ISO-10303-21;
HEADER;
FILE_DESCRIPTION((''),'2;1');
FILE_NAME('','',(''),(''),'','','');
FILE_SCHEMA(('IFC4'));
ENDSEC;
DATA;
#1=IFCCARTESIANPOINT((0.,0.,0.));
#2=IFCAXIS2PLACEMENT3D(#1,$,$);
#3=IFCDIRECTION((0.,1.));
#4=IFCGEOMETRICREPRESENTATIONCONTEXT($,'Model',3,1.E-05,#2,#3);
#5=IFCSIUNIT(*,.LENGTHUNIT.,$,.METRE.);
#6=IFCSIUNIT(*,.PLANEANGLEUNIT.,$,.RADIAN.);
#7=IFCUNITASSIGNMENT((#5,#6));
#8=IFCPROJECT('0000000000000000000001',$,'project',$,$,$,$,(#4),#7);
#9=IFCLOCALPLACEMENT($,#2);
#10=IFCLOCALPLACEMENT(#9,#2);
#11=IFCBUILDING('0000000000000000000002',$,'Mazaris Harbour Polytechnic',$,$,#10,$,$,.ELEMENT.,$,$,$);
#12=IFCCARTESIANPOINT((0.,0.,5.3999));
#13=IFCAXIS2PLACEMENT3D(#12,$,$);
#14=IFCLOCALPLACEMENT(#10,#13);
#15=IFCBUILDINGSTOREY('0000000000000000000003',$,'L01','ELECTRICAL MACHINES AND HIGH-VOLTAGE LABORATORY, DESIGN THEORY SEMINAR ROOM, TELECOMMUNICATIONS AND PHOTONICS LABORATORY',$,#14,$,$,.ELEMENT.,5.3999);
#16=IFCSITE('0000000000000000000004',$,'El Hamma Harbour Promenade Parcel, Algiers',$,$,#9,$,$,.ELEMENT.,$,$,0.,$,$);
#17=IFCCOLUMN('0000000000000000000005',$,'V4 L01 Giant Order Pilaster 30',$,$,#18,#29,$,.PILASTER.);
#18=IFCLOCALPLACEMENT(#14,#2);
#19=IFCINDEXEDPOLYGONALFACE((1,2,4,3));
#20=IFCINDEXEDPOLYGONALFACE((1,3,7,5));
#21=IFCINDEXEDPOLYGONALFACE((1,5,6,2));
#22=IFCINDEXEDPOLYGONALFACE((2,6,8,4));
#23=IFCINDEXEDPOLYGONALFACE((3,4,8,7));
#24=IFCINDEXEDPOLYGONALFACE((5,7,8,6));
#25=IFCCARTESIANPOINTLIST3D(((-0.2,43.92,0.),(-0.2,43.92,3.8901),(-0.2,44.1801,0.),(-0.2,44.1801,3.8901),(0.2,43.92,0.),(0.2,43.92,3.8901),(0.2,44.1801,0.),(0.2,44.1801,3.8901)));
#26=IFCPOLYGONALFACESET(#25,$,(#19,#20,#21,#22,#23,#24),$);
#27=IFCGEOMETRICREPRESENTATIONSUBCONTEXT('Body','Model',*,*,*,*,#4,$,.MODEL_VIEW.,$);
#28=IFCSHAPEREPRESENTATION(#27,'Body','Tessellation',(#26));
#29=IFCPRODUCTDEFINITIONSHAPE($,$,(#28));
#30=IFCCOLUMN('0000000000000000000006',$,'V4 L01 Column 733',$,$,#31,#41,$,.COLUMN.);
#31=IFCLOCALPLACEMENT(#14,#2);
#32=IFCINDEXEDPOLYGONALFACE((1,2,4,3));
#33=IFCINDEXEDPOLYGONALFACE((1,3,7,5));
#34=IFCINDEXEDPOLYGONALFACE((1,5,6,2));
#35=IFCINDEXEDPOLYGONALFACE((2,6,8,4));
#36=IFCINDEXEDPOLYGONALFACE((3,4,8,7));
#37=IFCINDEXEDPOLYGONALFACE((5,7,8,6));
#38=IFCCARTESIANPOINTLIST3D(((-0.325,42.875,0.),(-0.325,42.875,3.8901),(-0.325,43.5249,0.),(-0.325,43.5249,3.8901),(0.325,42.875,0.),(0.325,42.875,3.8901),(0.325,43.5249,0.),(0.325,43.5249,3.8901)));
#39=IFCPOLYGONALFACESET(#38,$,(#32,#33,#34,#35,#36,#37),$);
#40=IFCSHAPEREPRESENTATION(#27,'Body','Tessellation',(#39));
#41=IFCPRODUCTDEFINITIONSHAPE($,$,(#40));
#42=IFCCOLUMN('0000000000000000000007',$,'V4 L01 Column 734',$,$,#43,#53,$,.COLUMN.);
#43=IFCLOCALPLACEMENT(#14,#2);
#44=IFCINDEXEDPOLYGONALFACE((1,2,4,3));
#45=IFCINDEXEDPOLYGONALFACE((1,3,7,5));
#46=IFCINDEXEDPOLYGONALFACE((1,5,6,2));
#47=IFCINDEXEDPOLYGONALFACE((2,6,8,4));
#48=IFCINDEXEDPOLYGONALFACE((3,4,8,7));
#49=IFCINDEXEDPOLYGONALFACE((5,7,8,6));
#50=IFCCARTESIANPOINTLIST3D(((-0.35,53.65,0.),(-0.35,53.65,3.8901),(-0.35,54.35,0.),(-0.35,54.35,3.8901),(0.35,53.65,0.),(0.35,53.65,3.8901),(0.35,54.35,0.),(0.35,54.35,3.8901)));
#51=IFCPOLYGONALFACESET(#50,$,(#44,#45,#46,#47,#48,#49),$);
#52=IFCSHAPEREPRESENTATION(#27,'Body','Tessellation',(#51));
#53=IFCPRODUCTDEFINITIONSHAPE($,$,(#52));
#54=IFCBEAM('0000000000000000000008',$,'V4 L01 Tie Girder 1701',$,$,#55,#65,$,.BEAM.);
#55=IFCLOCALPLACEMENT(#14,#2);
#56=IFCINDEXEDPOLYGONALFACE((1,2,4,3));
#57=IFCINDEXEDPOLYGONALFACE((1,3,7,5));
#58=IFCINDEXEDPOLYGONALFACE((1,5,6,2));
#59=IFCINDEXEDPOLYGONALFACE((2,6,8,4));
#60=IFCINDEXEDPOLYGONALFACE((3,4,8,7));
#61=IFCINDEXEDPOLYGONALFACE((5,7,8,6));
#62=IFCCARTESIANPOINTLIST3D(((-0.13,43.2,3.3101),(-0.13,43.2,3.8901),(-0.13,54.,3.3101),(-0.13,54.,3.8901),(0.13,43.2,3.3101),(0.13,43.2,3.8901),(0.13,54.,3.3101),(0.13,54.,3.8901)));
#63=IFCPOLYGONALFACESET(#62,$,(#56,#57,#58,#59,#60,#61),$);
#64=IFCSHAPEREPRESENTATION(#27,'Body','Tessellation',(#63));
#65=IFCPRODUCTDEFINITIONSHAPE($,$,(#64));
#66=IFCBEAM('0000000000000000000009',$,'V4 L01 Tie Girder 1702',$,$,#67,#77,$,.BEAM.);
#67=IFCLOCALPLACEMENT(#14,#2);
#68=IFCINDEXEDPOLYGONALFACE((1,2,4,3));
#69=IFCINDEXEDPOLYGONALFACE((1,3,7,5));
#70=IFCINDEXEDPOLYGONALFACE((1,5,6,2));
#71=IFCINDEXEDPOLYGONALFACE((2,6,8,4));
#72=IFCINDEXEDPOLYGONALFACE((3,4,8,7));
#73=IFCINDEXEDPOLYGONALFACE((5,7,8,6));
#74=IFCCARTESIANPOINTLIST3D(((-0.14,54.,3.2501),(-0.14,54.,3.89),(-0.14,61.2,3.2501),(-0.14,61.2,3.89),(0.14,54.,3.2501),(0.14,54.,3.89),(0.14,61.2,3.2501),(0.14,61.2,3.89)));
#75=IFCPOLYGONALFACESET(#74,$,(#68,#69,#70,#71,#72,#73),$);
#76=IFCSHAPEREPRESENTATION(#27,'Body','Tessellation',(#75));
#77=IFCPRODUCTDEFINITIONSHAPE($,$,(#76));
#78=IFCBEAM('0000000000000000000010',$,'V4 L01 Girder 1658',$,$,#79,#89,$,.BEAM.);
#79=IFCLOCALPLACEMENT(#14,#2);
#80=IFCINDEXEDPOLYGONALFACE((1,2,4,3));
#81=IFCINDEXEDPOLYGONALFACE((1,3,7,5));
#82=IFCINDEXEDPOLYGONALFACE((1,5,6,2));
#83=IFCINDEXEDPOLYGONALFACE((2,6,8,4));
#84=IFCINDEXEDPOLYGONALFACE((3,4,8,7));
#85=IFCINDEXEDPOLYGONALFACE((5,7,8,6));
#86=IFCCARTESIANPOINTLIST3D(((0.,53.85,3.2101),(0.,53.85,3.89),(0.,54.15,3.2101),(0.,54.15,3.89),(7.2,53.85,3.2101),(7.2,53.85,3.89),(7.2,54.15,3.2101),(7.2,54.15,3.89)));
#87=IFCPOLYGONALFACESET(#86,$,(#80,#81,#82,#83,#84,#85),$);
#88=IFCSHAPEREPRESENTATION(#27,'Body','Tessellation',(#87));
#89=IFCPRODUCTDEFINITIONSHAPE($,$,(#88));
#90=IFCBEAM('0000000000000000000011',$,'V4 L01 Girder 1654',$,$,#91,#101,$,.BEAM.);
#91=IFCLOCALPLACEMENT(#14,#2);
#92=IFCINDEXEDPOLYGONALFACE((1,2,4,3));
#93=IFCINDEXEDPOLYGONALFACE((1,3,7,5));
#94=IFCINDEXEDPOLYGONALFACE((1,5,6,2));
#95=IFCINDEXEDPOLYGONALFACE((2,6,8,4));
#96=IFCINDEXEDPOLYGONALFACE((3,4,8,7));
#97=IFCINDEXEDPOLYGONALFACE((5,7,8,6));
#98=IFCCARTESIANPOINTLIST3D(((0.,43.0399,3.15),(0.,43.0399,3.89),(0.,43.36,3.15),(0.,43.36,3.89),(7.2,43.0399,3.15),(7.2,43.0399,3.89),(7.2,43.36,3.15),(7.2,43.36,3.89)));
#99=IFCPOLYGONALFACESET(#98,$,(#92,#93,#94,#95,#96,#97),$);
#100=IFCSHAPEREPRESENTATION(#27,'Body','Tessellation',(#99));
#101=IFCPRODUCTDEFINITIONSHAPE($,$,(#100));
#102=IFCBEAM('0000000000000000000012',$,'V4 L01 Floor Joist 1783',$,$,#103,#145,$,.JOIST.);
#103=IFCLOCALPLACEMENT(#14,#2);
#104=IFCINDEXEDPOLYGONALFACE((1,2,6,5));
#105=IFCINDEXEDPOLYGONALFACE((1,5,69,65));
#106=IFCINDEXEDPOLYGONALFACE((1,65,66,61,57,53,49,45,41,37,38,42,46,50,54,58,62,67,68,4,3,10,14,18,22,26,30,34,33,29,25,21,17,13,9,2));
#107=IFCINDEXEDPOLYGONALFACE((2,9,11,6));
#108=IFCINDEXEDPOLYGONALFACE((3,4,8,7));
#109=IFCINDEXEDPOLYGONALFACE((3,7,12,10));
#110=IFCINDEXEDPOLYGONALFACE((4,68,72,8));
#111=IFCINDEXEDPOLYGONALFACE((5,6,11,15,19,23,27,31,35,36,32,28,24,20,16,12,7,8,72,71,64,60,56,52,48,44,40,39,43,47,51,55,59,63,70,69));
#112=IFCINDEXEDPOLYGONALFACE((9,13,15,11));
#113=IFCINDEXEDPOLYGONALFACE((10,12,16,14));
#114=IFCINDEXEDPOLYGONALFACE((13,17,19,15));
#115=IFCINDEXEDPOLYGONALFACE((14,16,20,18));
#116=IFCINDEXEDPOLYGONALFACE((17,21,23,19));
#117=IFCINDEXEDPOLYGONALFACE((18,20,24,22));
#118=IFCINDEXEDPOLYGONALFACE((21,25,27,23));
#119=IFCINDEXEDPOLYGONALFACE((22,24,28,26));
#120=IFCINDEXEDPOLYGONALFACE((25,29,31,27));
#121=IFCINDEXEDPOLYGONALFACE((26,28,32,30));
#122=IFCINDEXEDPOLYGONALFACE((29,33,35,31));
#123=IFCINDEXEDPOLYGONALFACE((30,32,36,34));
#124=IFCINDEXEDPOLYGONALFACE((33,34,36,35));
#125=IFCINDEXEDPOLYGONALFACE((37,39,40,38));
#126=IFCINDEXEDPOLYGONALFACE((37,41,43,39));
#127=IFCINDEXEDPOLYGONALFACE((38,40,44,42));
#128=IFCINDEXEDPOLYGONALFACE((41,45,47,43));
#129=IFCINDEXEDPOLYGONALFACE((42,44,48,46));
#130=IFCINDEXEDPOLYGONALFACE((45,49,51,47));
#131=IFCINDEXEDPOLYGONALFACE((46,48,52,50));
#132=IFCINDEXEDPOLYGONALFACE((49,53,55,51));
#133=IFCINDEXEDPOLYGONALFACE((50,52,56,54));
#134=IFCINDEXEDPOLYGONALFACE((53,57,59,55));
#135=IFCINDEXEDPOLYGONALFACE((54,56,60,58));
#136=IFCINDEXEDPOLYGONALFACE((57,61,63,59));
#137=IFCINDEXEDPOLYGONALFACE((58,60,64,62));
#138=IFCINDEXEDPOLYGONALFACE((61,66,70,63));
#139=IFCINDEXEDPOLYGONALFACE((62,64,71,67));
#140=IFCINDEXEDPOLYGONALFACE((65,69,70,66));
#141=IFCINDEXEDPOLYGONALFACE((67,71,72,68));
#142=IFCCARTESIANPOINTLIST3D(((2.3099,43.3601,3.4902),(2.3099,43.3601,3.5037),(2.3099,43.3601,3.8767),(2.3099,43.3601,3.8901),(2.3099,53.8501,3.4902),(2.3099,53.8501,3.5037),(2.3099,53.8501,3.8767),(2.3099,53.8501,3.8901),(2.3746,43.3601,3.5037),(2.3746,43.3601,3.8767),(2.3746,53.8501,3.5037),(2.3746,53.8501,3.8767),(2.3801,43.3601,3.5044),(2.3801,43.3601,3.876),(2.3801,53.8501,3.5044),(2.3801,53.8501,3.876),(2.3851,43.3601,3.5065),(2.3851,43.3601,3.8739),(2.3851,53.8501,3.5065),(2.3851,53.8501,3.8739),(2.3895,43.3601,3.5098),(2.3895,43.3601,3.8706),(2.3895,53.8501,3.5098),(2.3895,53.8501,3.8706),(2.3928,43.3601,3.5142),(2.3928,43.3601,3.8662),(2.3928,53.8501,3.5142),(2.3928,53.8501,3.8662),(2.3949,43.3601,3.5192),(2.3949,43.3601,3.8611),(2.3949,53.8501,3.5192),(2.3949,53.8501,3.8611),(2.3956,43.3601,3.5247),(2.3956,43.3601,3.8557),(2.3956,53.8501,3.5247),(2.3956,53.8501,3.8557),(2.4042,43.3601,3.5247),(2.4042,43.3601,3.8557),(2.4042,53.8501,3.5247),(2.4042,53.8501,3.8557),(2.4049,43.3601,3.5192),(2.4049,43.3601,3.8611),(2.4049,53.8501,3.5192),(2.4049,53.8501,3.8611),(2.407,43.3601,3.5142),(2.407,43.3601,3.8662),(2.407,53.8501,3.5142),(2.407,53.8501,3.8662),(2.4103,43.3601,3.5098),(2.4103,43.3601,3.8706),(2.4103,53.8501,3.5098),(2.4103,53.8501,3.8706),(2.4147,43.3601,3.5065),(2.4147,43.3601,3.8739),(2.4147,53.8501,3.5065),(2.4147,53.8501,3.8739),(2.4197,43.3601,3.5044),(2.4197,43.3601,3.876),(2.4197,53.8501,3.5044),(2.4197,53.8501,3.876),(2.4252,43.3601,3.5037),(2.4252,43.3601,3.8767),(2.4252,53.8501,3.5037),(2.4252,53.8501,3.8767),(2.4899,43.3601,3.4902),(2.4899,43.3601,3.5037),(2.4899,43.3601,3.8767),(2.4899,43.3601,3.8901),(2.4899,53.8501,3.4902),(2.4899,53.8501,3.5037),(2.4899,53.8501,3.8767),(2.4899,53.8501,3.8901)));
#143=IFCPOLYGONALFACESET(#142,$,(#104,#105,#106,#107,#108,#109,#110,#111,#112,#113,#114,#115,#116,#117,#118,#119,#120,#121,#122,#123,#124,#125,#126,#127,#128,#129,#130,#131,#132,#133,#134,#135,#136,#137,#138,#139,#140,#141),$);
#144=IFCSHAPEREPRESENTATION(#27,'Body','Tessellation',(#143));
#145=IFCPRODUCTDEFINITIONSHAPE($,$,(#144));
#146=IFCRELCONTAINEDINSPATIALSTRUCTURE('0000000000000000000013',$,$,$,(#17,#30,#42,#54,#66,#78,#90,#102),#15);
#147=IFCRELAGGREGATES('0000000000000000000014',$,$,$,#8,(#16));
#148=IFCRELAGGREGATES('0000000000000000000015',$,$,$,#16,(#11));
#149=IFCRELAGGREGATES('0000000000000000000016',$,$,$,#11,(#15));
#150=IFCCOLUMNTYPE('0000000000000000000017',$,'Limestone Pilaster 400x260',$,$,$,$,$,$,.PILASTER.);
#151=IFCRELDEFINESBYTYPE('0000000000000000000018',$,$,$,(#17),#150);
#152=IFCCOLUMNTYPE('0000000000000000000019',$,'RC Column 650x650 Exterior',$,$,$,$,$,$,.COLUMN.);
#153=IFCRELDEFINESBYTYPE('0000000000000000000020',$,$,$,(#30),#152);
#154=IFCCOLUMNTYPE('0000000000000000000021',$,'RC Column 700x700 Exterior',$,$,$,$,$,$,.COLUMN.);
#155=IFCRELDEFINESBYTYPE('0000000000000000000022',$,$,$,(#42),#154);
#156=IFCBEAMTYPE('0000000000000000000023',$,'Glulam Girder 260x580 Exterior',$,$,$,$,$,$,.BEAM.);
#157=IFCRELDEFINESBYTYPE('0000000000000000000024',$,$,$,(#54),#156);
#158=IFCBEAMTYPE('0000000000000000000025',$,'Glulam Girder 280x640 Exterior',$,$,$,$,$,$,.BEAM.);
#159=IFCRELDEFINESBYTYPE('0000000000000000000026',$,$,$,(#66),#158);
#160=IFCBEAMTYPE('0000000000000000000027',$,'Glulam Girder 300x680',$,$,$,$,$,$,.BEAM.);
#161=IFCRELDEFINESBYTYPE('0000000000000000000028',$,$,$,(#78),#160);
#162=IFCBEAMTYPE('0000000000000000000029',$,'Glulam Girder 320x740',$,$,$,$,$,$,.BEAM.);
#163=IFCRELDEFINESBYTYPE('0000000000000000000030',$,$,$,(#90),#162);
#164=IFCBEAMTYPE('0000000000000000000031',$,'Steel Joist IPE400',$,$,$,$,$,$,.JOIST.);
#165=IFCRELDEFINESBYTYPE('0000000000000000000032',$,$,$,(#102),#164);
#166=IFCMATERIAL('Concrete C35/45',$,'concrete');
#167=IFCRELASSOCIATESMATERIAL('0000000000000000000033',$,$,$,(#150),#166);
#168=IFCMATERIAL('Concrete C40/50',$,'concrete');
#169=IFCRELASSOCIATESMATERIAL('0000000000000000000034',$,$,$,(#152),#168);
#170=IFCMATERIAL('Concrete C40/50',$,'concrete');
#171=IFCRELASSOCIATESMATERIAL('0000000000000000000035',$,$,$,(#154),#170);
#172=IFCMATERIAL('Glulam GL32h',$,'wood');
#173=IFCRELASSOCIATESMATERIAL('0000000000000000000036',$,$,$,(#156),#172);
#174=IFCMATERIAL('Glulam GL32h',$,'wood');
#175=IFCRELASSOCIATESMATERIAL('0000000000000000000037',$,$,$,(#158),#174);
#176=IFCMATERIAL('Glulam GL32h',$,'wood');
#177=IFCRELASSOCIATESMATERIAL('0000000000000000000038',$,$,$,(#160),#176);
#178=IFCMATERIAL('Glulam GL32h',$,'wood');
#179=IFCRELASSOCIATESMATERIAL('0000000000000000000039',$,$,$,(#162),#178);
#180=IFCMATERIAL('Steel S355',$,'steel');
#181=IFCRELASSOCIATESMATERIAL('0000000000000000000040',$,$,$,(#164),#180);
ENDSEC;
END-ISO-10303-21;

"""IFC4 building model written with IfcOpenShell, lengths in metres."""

from ifc_helpers import new_model, si_unit, direction, frame, origin, origin_2d, place, context, subcontext, project, spatial, rectangle, i_section, extrude, material, material_profile, profile_set, type_object, element, save


model = new_model("IFC4")

# Units and contexts
model_context = context("Model", 3, precision=1e-05, world=origin(), true_north=direction((0.0, 1.0)))
body_context = subcontext(model_context, "Body", "Model", "MODEL_VIEW")
ifc_project = project(units=[si_unit("LENGTHUNIT", "METRE"), si_unit("PLANEANGLEUNIT", "RADIAN")], contexts=[model_context])

# Site, building, storey
site_placement = place(None, origin())
site = spatial("IfcSite", under=ifc_project, at=site_placement, Name="El Hamma Harbour Promenade Parcel, Algiers", CompositionType="ELEMENT", RefElevation=0.0)
building_placement = place(site_placement, origin())
building = spatial("IfcBuilding", under=site, at=building_placement, Name="Mazaris Harbour Polytechnic", CompositionType="ELEMENT")
storey_placement = place(building_placement, frame((0.0, 0.0, 5.3999)))
storey = spatial("IfcBuildingStorey", under=building, at=storey_placement, Name="L01", Description="ELECTRICAL MACHINES AND HIGH-VOLTAGE LABORATORY, DESIGN THEORY SEMINAR ROOM, TELECOMMUNICATIONS AND PHOTONICS LABORATORY", CompositionType="ELEMENT", Elevation=5.3999)

# Columns
ifc_material_1 = material(Name="Concrete C35/45", Category="concrete")
ifc_material_profile_1 = material_profile(ifc_material_1, rectangle(XDim=0.3999, YDim=0.26, at=origin_2d()), Name="RECT400x260")
ifc_profile_set_1 = profile_set([ifc_material_profile_1], Name="Concrete C35/45")
column_type_1 = type_object("IfcColumnType", Name="Limestone Pilaster 400x260", PredefinedType="PILASTER", material=ifc_profile_set_1)
column_1_placement = place(storey_placement, frame((0.0, 44.05, 0.0), z_axis=(0.0, 0.0, 1.0), x_axis=(1.0, 0.0, 0.0)))
element("IfcColumn", 1, at=column_1_placement, inside=storey, type_object=column_type_1, Name="V4 L01 Giant Order Pilaster 30", PredefinedType="PILASTER", context=body_context, shape_type="SweptSolid", body=[
    extrude(rectangle(XDim=0.3999, YDim=0.26, at=origin_2d()), origin(), (0.0, 0.0, 1.0), 3.8901),
])
ifc_material_2 = material(Name="Concrete C40/50", Category="concrete")
ifc_material_profile_2 = material_profile(ifc_material_2, rectangle(XDim=0.6499, YDim=0.6499, at=origin_2d()), Name="RECT650x650")
ifc_profile_set_2 = profile_set([ifc_material_profile_2], Name="Concrete C40/50")
column_type_2 = type_object("IfcColumnType", Name="RC Column 650x650 Exterior", PredefinedType="COLUMN", material=ifc_profile_set_2)
column_2_placement = place(storey_placement, frame((0.0, 43.2, 0.0), z_axis=(0.0, 0.0, 1.0), x_axis=(1.0, 0.0, 0.0)))
element("IfcColumn", 2, at=column_2_placement, inside=storey, type_object=column_type_2, Name="V4 L01 Column 733", PredefinedType="COLUMN", context=body_context, shape_type="SweptSolid", body=[
    extrude(rectangle(XDim=0.6499, YDim=0.6499, at=origin_2d()), origin(), (0.0, 0.0, 1.0), 3.8901),
])
ifc_material_3 = material(Name="Concrete C40/50", Category="concrete")
ifc_material_profile_3 = material_profile(ifc_material_3, rectangle(XDim=0.7, YDim=0.7, at=origin_2d()), Name="RECT700x700")
ifc_profile_set_3 = profile_set([ifc_material_profile_3], Name="Concrete C40/50")
column_type_3 = type_object("IfcColumnType", Name="RC Column 700x700 Exterior", PredefinedType="COLUMN", material=ifc_profile_set_3)
column_3_placement = place(storey_placement, frame((0.0, 54.0, 0.0), z_axis=(0.0, 0.0, 1.0), x_axis=(1.0, 0.0, 0.0)))
element("IfcColumn", 3, at=column_3_placement, inside=storey, type_object=column_type_3, Name="V4 L01 Column 734", PredefinedType="COLUMN", context=body_context, shape_type="SweptSolid", body=[
    extrude(rectangle(XDim=0.7, YDim=0.7, at=origin_2d()), origin(), (0.0, 0.0, 1.0), 3.8901),
])

# Beams
ifc_material_4 = material(Name="Glulam GL32h", Category="wood")
ifc_material_profile_4 = material_profile(ifc_material_4, rectangle(XDim=0.26, YDim=0.5801, at=origin_2d()), Name="RECT260x580")
ifc_profile_set_4 = profile_set([ifc_material_profile_4], Name="Glulam GL32h")
beam_type_1 = type_object("IfcBeamType", Name="Glulam Girder 260x580 Exterior", PredefinedType="BEAM", material=ifc_profile_set_4)
beam_1_placement = place(storey_placement, frame((0.0, 43.2, 3.6001), z_axis=(0.0, 1.0, 0.0), x_axis=(-1.0, 0.0, 0.0)))
element("IfcBeam", 4, at=beam_1_placement, inside=storey, type_object=beam_type_1, Name="V4 L01 Tie Girder 1701", PredefinedType="BEAM", context=body_context, shape_type="SweptSolid", body=[
    extrude(rectangle(XDim=0.26, YDim=0.5801, at=origin_2d()), origin(), (0.0, 0.0, 1.0), 10.8),
])
ifc_material_5 = material(Name="Glulam GL32h", Category="wood")
ifc_material_profile_5 = material_profile(ifc_material_5, rectangle(XDim=0.28, YDim=0.6399, at=origin_2d()), Name="RECT280x640")
ifc_profile_set_5 = profile_set([ifc_material_profile_5], Name="Glulam GL32h")
beam_type_2 = type_object("IfcBeamType", Name="Glulam Girder 280x640 Exterior", PredefinedType="BEAM", material=ifc_profile_set_5)
beam_2_placement = place(storey_placement, frame((0.0, 54.0, 3.5701), z_axis=(0.0, 1.0, 0.0), x_axis=(-1.0, 0.0, 0.0)))
element("IfcBeam", 5, at=beam_2_placement, inside=storey, type_object=beam_type_2, Name="V4 L01 Tie Girder 1702", PredefinedType="BEAM", context=body_context, shape_type="SweptSolid", body=[
    extrude(rectangle(XDim=0.28, YDim=0.6399, at=origin_2d()), origin(), (0.0, 0.0, 1.0), 7.2),
])
ifc_material_6 = material(Name="Glulam GL32h", Category="wood")
ifc_material_profile_6 = material_profile(ifc_material_6, rectangle(XDim=0.3, YDim=0.6799, at=origin_2d()), Name="RECT300x680")
ifc_profile_set_6 = profile_set([ifc_material_profile_6], Name="Glulam GL32h")
beam_type_3 = type_object("IfcBeamType", Name="Glulam Girder 300x680", PredefinedType="BEAM", material=ifc_profile_set_6)
beam_3_placement = place(storey_placement, frame((0.0, 54.0, 3.55), z_axis=(1.0, 0.0, 0.0), x_axis=(0.0, 1.0, 0.0)))
element("IfcBeam", 6, at=beam_3_placement, inside=storey, type_object=beam_type_3, Name="V4 L01 Girder 1658", PredefinedType="BEAM", context=body_context, shape_type="SweptSolid", body=[
    extrude(rectangle(XDim=0.3, YDim=0.6799, at=origin_2d()), origin(), (0.0, 0.0, 1.0), 7.2),
])
ifc_material_7 = material(Name="Glulam GL32h", Category="wood")
ifc_material_profile_7 = material_profile(ifc_material_7, rectangle(XDim=0.3201, YDim=0.74, at=origin_2d()), Name="RECT320x740")
ifc_profile_set_7 = profile_set([ifc_material_profile_7], Name="Glulam GL32h")
beam_type_4 = type_object("IfcBeamType", Name="Glulam Girder 320x740", PredefinedType="BEAM", material=ifc_profile_set_7)
beam_4_placement = place(storey_placement, frame((0.0, 43.2, 3.52), z_axis=(1.0, 0.0, 0.0), x_axis=(0.0, 1.0, 0.0)))
element("IfcBeam", 7, at=beam_4_placement, inside=storey, type_object=beam_type_4, Name="V4 L01 Girder 1654", PredefinedType="BEAM", context=body_context, shape_type="SweptSolid", body=[
    extrude(rectangle(XDim=0.3201, YDim=0.74, at=origin_2d()), origin(), (0.0, 0.0, 1.0), 7.2),
])
ifc_material_8 = material(Name="Steel S355", Category="steel")
ifc_material_profile_8 = material_profile(ifc_material_8, i_section(OverallWidth=0.1799, OverallDepth=0.3999, WebThickness=0.0085, FlangeThickness=0.0134, FilletRadius=0.021, at=origin_2d()), Name="IPE 400")
ifc_profile_set_8 = profile_set([ifc_material_profile_8], Name="Steel S355")
beam_type_5 = type_object("IfcBeamType", Name="Steel Joist IPE400", PredefinedType="JOIST", material=ifc_profile_set_8)
beam_5_placement = place(storey_placement, frame((2.3999, 43.3601, 3.6902), z_axis=(0.0, 1.0, 0.0), x_axis=(-1.0, 0.0, 0.0)))
element("IfcBeam", 8, at=beam_5_placement, inside=storey, type_object=beam_type_5, Name="V4 L01 Floor Joist 1783", PredefinedType="JOIST", context=body_context, shape_type="SweptSolid", body=[
    extrude(i_section(OverallWidth=0.1799, OverallDepth=0.3999, WebThickness=0.0085, FlangeThickness=0.0134, FilletRadius=0.021, at=origin_2d()), origin(), (0.0, 0.0, 1.0), 10.49),
])

save(model, "model.ifc")
